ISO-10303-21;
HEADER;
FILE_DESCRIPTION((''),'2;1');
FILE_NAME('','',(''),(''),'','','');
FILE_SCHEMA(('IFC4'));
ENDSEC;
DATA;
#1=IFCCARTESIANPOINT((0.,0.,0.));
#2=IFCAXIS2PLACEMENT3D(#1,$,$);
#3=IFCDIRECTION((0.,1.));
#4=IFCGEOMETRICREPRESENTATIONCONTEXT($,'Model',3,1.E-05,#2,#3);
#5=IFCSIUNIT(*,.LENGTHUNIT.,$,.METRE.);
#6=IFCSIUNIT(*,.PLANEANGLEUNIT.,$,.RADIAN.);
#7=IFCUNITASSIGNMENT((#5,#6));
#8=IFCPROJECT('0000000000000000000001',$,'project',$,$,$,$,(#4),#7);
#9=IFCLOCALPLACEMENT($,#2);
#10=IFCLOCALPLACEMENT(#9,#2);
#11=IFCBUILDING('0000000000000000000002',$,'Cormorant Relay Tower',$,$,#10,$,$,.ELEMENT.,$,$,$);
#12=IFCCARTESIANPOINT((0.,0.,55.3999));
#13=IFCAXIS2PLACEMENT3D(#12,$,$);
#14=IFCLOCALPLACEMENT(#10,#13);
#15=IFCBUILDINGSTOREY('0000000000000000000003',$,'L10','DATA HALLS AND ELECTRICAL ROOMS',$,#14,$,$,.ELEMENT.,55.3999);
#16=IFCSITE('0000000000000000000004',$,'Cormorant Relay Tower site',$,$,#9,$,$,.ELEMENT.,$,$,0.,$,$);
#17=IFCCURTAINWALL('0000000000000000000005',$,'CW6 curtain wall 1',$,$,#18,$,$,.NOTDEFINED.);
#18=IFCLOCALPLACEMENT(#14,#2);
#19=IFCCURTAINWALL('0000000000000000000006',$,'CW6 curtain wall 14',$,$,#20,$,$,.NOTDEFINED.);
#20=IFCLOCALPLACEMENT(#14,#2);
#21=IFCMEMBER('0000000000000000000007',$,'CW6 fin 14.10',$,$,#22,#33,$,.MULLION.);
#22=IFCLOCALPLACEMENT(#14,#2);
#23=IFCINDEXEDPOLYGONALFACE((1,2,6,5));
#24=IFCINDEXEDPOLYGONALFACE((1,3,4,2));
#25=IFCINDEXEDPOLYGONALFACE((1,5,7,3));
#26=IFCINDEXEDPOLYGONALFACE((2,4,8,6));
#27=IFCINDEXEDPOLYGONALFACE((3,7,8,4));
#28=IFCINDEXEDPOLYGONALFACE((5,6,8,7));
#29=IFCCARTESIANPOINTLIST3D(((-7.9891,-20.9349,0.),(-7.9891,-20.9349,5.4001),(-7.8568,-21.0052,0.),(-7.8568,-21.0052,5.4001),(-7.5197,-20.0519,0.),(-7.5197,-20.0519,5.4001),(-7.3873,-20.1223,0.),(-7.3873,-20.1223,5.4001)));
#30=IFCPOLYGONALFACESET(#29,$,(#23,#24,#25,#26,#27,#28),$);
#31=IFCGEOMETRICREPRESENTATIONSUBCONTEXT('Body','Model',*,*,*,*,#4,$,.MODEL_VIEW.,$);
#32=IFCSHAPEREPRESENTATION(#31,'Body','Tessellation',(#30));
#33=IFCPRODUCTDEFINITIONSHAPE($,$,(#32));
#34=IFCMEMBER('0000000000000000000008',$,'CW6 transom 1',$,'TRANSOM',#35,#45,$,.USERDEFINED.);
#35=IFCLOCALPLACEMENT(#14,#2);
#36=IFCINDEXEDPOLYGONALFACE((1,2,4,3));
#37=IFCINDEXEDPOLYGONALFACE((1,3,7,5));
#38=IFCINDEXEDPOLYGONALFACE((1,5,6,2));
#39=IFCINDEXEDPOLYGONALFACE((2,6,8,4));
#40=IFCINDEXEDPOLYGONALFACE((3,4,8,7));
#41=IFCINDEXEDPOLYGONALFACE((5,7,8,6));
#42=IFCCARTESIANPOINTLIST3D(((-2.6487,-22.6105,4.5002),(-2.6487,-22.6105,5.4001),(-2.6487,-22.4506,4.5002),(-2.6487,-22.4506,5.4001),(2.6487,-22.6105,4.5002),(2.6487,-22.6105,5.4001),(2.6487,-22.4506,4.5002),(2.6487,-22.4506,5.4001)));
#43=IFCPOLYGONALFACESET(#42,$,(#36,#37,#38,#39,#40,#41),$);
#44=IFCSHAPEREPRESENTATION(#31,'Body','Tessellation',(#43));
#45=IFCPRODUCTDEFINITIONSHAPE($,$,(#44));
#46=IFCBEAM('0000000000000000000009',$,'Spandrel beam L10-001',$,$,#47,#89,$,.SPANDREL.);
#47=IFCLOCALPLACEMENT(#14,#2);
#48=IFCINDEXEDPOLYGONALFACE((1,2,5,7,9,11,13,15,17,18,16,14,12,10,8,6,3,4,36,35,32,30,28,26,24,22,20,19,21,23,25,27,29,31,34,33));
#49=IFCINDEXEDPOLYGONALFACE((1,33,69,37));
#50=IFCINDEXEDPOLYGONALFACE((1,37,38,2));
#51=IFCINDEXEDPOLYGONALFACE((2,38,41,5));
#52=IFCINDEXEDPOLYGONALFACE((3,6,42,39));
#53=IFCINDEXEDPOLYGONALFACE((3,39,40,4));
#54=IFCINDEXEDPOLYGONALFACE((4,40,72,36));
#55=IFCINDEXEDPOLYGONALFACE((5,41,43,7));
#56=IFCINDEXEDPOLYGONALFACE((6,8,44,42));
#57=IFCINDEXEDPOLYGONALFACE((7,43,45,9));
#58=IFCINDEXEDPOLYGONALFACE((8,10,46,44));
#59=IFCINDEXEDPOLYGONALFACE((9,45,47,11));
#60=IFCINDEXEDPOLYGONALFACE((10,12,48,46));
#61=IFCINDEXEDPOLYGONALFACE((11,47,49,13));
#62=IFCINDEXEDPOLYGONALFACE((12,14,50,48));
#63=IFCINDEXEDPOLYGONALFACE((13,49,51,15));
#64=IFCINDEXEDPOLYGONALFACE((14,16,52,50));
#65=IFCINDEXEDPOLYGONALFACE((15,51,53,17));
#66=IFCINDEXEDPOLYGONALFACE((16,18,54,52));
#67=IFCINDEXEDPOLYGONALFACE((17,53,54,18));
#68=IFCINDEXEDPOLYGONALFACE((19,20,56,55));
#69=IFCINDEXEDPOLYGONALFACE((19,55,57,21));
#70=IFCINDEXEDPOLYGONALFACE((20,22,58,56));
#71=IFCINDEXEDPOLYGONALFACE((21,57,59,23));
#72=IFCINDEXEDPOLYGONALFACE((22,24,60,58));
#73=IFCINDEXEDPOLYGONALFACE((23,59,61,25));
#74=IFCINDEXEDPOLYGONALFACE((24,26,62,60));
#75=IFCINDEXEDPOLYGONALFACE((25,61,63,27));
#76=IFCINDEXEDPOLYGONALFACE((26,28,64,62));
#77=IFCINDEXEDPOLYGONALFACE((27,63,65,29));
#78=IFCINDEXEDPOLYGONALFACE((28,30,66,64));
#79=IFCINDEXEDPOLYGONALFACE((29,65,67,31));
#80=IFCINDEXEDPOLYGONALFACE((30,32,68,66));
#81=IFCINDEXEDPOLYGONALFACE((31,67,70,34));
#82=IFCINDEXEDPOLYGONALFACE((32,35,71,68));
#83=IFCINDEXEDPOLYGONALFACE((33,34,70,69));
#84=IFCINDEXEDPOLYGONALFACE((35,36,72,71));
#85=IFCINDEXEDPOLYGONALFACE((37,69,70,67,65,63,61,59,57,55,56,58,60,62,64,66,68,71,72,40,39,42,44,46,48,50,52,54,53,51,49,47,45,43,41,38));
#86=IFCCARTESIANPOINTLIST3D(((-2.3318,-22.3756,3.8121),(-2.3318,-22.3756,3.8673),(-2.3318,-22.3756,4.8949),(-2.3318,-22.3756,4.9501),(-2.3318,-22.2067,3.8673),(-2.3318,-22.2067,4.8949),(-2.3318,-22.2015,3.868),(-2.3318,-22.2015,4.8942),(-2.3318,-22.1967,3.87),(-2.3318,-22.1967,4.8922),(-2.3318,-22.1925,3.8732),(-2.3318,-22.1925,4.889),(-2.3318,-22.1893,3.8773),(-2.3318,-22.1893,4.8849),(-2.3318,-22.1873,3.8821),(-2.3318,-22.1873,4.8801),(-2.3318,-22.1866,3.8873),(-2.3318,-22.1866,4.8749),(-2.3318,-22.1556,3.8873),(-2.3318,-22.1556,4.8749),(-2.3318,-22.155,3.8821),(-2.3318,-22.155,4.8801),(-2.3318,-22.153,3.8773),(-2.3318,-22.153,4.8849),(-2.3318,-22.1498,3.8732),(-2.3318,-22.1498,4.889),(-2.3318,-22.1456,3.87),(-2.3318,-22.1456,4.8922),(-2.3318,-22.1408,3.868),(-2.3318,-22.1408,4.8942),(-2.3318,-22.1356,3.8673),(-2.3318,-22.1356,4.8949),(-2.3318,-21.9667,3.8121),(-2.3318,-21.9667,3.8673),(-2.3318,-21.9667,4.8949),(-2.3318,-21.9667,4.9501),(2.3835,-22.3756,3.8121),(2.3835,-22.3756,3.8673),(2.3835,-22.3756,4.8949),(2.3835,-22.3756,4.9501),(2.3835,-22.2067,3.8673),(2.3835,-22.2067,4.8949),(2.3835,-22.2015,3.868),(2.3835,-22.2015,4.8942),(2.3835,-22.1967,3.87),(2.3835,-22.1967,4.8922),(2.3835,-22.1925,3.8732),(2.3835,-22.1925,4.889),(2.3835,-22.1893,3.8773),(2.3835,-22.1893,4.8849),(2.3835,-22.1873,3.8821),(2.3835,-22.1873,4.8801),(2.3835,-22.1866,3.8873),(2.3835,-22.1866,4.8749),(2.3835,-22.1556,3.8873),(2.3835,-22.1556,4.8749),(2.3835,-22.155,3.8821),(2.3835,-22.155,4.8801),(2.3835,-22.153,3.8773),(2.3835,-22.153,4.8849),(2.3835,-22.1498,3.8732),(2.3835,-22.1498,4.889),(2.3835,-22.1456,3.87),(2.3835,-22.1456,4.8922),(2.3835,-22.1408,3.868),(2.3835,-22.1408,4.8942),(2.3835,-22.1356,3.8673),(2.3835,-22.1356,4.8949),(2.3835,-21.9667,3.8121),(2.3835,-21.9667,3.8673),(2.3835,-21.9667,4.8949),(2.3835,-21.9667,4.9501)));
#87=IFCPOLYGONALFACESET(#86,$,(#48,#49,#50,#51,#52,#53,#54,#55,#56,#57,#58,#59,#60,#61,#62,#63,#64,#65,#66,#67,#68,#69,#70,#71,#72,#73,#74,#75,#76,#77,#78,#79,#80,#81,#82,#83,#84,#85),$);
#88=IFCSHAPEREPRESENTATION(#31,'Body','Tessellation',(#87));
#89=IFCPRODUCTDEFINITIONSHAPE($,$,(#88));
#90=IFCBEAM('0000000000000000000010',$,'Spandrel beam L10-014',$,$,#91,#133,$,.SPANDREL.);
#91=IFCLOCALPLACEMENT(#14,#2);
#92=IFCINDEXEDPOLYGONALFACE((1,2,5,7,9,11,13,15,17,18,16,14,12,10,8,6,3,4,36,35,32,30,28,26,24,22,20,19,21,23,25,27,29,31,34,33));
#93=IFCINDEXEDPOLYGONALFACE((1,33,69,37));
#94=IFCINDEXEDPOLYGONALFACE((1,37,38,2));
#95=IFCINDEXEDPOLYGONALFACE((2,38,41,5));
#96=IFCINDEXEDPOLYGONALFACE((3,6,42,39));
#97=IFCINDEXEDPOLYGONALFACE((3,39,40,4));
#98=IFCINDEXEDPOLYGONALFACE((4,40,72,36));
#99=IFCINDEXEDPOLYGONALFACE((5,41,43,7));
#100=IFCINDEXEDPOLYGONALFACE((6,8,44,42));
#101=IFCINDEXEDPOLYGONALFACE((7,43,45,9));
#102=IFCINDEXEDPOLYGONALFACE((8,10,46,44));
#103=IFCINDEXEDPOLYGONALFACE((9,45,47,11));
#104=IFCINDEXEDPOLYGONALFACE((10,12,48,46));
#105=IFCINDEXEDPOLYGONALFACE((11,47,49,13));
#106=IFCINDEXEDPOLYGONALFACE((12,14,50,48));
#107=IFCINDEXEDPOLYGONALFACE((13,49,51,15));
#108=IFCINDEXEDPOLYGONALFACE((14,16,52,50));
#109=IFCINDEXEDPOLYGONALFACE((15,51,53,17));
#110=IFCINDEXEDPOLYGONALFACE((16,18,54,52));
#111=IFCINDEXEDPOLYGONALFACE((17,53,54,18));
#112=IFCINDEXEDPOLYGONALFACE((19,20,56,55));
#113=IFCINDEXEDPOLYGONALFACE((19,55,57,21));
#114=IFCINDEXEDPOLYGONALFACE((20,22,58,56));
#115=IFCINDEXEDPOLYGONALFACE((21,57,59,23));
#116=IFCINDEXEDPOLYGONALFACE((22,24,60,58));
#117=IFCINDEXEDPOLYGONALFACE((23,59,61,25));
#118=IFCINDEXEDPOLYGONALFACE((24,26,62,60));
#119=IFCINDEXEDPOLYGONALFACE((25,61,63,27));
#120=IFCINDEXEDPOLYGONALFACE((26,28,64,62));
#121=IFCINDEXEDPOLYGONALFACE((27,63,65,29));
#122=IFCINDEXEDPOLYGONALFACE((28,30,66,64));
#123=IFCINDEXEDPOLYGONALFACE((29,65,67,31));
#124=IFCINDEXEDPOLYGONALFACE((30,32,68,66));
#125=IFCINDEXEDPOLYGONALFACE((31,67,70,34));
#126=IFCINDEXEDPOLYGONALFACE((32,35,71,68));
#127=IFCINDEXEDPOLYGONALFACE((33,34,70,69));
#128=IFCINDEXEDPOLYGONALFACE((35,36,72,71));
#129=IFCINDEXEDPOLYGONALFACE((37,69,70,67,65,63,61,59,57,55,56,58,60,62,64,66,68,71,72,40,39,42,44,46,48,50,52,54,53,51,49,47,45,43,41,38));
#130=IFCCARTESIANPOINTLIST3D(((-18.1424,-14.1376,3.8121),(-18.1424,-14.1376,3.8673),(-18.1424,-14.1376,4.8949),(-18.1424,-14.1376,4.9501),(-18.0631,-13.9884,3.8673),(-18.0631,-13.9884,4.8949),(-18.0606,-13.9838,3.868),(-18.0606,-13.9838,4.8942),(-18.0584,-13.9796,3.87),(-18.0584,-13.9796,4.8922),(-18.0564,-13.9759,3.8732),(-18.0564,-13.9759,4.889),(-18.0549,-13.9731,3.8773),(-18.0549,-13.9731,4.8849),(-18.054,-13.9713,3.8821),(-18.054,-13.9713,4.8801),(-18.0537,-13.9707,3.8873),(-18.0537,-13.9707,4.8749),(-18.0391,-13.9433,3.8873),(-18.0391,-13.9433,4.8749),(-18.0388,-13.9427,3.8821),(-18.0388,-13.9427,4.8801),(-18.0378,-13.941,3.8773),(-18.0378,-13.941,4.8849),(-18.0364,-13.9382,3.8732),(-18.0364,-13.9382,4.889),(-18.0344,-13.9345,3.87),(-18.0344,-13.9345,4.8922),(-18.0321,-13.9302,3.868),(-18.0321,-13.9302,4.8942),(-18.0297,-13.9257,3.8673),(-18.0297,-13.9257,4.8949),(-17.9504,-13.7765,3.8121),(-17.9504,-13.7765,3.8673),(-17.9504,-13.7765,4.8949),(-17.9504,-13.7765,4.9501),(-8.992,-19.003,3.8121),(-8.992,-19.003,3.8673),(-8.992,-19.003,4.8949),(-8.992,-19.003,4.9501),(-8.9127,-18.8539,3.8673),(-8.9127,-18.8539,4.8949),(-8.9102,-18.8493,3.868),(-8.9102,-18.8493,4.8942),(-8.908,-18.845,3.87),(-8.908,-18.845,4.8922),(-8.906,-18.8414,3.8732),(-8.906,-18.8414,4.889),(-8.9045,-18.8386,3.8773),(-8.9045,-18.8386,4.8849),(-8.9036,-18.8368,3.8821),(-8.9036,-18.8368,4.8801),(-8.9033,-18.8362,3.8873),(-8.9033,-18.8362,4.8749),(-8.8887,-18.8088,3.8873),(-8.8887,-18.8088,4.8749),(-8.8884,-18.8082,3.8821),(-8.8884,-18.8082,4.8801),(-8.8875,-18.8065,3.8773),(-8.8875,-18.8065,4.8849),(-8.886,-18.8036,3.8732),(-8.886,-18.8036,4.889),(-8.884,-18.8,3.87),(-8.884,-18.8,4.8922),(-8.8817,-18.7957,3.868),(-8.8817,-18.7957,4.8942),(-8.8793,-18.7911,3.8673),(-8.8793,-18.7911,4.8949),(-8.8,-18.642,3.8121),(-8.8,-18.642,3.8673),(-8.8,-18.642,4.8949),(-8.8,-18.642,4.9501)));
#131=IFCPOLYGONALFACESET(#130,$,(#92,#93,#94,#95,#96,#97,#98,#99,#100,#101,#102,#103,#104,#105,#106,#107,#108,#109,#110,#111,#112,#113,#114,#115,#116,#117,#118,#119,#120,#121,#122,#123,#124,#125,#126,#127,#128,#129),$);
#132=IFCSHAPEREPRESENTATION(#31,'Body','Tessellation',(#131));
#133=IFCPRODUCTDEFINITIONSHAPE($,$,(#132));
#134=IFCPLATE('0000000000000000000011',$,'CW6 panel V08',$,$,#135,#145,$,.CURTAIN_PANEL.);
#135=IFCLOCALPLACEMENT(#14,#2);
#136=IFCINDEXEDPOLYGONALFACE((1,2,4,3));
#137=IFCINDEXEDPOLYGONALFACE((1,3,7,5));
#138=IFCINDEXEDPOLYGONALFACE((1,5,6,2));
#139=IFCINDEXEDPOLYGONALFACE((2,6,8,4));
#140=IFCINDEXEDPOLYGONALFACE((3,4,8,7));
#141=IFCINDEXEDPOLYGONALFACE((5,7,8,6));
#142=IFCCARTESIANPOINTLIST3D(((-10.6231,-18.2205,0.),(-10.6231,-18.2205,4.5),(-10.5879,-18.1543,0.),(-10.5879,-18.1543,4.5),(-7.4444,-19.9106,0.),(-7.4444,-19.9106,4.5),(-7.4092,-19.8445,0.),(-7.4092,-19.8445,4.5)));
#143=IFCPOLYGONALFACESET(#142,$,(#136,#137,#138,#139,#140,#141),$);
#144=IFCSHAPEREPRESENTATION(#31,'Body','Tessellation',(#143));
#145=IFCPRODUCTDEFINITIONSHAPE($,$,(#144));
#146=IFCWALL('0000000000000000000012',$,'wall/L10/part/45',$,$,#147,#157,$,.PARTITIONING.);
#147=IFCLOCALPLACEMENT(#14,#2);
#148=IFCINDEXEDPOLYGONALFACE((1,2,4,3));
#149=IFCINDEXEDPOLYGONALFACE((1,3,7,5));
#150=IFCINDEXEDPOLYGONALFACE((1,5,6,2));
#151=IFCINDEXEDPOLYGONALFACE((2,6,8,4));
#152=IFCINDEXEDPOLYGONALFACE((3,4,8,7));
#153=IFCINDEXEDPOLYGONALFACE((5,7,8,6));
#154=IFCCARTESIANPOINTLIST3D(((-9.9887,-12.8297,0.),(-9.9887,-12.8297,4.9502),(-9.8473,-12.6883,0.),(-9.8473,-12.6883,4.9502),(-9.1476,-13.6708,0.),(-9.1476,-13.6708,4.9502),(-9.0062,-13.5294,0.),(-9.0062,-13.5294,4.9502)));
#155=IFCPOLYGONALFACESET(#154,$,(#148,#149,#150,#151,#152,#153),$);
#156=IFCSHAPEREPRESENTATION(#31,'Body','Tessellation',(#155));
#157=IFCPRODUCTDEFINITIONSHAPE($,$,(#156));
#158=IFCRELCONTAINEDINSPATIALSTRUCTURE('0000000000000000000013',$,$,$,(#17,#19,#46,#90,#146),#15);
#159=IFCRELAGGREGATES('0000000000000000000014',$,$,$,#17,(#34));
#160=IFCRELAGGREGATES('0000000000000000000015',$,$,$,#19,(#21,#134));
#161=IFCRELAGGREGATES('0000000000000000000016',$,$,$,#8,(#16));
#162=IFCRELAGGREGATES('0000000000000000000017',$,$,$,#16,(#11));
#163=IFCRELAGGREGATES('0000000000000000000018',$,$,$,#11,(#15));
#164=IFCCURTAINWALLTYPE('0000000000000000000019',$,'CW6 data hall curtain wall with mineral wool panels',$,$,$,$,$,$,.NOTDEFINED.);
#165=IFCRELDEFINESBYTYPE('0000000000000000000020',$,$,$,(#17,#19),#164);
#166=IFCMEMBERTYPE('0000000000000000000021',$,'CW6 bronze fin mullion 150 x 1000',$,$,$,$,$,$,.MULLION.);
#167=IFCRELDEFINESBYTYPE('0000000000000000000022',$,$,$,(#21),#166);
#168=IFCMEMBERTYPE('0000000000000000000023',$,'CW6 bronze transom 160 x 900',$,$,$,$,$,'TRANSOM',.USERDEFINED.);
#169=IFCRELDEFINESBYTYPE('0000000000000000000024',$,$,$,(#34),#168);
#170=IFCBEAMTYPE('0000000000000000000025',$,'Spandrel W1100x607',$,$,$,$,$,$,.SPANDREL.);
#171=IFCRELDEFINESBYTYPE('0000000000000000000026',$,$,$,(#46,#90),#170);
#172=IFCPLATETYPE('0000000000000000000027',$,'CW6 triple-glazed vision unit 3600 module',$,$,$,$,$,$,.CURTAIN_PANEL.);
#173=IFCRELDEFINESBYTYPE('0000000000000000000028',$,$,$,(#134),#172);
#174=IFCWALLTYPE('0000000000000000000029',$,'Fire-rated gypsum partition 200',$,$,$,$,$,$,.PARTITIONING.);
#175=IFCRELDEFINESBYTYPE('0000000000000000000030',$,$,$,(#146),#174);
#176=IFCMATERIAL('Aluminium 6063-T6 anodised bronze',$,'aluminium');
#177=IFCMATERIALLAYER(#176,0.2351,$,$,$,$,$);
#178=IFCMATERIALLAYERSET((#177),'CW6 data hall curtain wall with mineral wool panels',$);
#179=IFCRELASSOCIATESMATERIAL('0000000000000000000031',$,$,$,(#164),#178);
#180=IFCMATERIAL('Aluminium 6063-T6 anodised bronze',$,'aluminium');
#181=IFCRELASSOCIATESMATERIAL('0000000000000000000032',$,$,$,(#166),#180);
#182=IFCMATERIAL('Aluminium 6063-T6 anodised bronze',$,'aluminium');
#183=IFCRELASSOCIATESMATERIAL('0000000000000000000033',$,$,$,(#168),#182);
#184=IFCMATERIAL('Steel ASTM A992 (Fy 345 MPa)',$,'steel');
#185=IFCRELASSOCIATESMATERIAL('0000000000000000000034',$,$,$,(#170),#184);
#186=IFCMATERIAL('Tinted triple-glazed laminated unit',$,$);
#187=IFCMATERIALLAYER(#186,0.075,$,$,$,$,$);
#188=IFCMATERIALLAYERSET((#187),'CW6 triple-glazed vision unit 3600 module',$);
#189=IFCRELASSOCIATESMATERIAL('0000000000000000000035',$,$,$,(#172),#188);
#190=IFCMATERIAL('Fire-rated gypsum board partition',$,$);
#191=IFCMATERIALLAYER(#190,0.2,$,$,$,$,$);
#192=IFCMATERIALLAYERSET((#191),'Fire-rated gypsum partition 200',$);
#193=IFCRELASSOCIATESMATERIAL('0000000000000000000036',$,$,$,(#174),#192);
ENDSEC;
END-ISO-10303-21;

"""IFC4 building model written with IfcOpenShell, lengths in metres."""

from ifc_helpers import new_model, si_unit, direction, frame, frame_2d, origin, origin_2d, place, context, subcontext, project, spatial, rectangle, i_section, extrude, material, layer, layer_set, material_profile, profile_set, type_object, element, aggregate, save


model = new_model("IFC4")

# Units and contexts
model_context = context("Model", 3, precision=1e-05, world=origin(), true_north=direction((0.0, 1.0)))
body_context = subcontext(model_context, "Body", "Model", "MODEL_VIEW")
ifc_project = project(units=[si_unit("LENGTHUNIT", "METRE"), si_unit("PLANEANGLEUNIT", "RADIAN")], contexts=[model_context])

# Site, building, storey
site_placement = place(None, origin())
site = spatial("IfcSite", under=ifc_project, at=site_placement, Name="Cormorant Relay Tower site", CompositionType="ELEMENT", RefElevation=0.0)
building_placement = place(site_placement, origin())
building = spatial("IfcBuilding", under=site, at=building_placement, Name="Cormorant Relay Tower", CompositionType="ELEMENT")
storey_placement = place(building_placement, frame((0.0, 0.0, 55.3999)))
storey = spatial("IfcBuildingStorey", under=building, at=storey_placement, Name="L10", Description="DATA HALLS AND ELECTRICAL ROOMS", CompositionType="ELEMENT", Elevation=55.3999)

# Curtain wall
ifc_material_1 = material(Name="Aluminium 6063-T6 anodised bronze", Category="aluminium")
ifc_layer_1 = layer(ifc_material_1, 0.2351)
ifc_layer_set_1 = layer_set([ifc_layer_1], Name="CW6 data hall curtain wall with mineral wool panels")
curtain_wall_type = type_object("IfcCurtainWallType", Name="CW6 data hall curtain wall with mineral wool panels", PredefinedType="NOTDEFINED", material=ifc_layer_set_1)
curtain_wall_1_placement = place(storey_placement, origin())
curtain_wall_1 = element("IfcCurtainWall", 1, at=curtain_wall_1_placement, inside=storey, type_object=curtain_wall_type, Name="CW6 curtain wall 1", PredefinedType="NOTDEFINED")
ifc_material_2 = material(Name="Aluminium 6063-T6 anodised bronze", Category="aluminium")
ifc_material_profile_1 = material_profile(ifc_material_2, rectangle(XDim=0.1499, YDim=1.0, at=origin_2d()), Name="AL 150x1000")
ifc_profile_set_1 = profile_set([ifc_material_profile_1], Name="Aluminium 6063-T6 anodised bronze")
member_type_1 = type_object("IfcMemberType", Name="CW6 bronze fin mullion 150 x 1000", PredefinedType="MULLION", material=ifc_profile_set_1)

# Curtain wall, member
curtain_wall_2_placement = place(storey_placement, origin())
curtain_wall_2 = element("IfcCurtainWall", 2, at=curtain_wall_2_placement, inside=storey, type_object=curtain_wall_type, Name="CW6 curtain wall 14", PredefinedType="NOTDEFINED")
member_1_placement = place(storey_placement, frame((-7.6882, -20.5286, 0.0), z_axis=(0.0, 0.0, 1.0), x_axis=(0.882948, -0.469472, 0.0)))
member_1 = element("IfcMember", 3, at=member_1_placement, type_object=member_type_1, Name="CW6 fin 14.10", PredefinedType="MULLION", context=body_context, shape_type="SweptSolid", body=[
    extrude(rectangle(XDim=0.1499, YDim=1.0, at=origin_2d()), origin(), (0.0, 0.0, 1.0), 5.4001),
])

# Member
ifc_material_3 = material(Name="Aluminium 6063-T6 anodised bronze", Category="aluminium")
ifc_material_profile_2 = material_profile(ifc_material_3, rectangle(XDim=0.1599, YDim=0.8999, at=origin_2d()), Name="AL 160x900")
ifc_profile_set_2 = profile_set([ifc_material_profile_2], Name="Aluminium 6063-T6 anodised bronze")
member_type_2 = type_object("IfcMemberType", Name="CW6 bronze transom 160 x 900", ElementType="TRANSOM", PredefinedType="USERDEFINED", material=ifc_profile_set_2)
member_2_placement = place(storey_placement, frame((-2.6487, -22.5305, 4.9502), z_axis=(1.0, 0.0, 0.0), x_axis=(0.0, 1.0, 0.0)))
member_2 = element("IfcMember", 4, at=member_2_placement, type_object=member_type_2, Name="CW6 transom 1", ObjectType="TRANSOM", PredefinedType="USERDEFINED", context=body_context, shape_type="SweptSolid", body=[
    extrude(rectangle(XDim=0.1599, YDim=0.8999, at=origin_2d()), origin(), (0.0, 0.0, 1.0), 5.2974),
])
aggregate(curtain_wall_1, [member_2])

# Beams
ifc_material_4 = material(Name="Steel ASTM A992 (Fy 345 MPa)", Category="steel")
ifc_material_profile_3 = material_profile(ifc_material_4, i_section(OverallWidth=0.4089, OverallDepth=1.1379, WebThickness=0.031, FlangeThickness=0.0552, FilletRadius=0.02, at=origin_2d()), Name="W1100x607")
ifc_profile_set_3 = profile_set([ifc_material_profile_3], Name="Steel ASTM A992 (Fy 345 MPa)")
beam_type = type_object("IfcBeamType", Name="Spandrel W1100x607", PredefinedType="SPANDREL", material=ifc_profile_set_3)
beam_1_placement = place(storey_placement, frame((-2.3318, -22.1711, 4.3811), z_axis=(1.0, 0.0, 0.0), x_axis=(0.0, 1.0, 0.0)))
element("IfcBeam", 5, at=beam_1_placement, inside=storey, type_object=beam_type, Name="Spandrel beam L10-001", PredefinedType="SPANDREL", context=body_context, shape_type="SweptSolid", body=[
    extrude(i_section(OverallWidth=0.4089, OverallDepth=1.1379, WebThickness=0.031, FlangeThickness=0.0552, FilletRadius=0.02, at=origin_2d()), origin(), (0.0, 0.0, 1.0), 4.7153),
])
beam_2_placement = place(storey_placement, frame((-18.0464, -13.957, 4.3811), z_axis=(0.882942, -0.469481, 0.0), x_axis=(0.469481, 0.882942, 0.0)))
element("IfcBeam", 6, at=beam_2_placement, inside=storey, type_object=beam_type, Name="Spandrel beam L10-014", PredefinedType="SPANDREL", context=body_context, shape_type="SweptSolid", body=[
    extrude(i_section(OverallWidth=0.4089, OverallDepth=1.1379, WebThickness=0.031, FlangeThickness=0.0552, FilletRadius=0.02, at=origin_2d()), origin(), (0.0, 0.0, 1.0), 10.3635),
])

# Plate
ifc_material_5 = material(Name="Tinted triple-glazed laminated unit")
ifc_layer_2 = layer(ifc_material_5, 0.075)
ifc_layer_set_2 = layer_set([ifc_layer_2], Name="CW6 triple-glazed vision unit 3600 module")
plate_type = type_object("IfcPlateType", Name="CW6 triple-glazed vision unit 3600 module", PredefinedType="CURTAIN_PANEL", material=ifc_layer_set_2)
plate_placement = place(storey_placement, frame((-9.0161, -19.0325, 0.0), z_axis=(0.0, 0.0, 1.0), x_axis=(0.882948, -0.469472, 0.0)))
plate = element("IfcPlate", 7, at=plate_placement, type_object=plate_type, Name="CW6 panel V08", PredefinedType="CURTAIN_PANEL", context=body_context, shape_type="SweptSolid", body=[
    extrude(rectangle(XDim=3.6001, YDim=0.075, at=origin_2d()), origin(), (0.0, 0.0, 1.0), 4.5),
])

# Wall
ifc_material_6 = material(Name="Fire-rated gypsum board partition")
ifc_layer_3 = layer(ifc_material_6, 0.2)
ifc_layer_set_3 = layer_set([ifc_layer_3], Name="Fire-rated gypsum partition 200")
wall_type_1 = type_object("IfcWallType", Name="Fire-rated gypsum partition 200", PredefinedType="PARTITIONING", material=ifc_layer_set_3)
wall_1_placement = place(storey_placement, frame((-9.0769, -13.6001, 0.0), z_axis=(0.0, 0.0, 1.0), x_axis=(-0.707107, 0.707107, 0.0)))
element("IfcWall", 8, at=wall_1_placement, inside=storey, type_object=wall_type_1, Name="wall/L10/part/45", PredefinedType="PARTITIONING", context=body_context, shape_type="SweptSolid", body=[
    extrude(rectangle(XDim=1.1895, YDim=0.2, at=frame_2d((0.5947, 0.0))), origin(), (0.0, 0.0, 1.0), 4.9502),
])

aggregate(curtain_wall_2, [member_1, plate])

save(model, "model.ifc")
